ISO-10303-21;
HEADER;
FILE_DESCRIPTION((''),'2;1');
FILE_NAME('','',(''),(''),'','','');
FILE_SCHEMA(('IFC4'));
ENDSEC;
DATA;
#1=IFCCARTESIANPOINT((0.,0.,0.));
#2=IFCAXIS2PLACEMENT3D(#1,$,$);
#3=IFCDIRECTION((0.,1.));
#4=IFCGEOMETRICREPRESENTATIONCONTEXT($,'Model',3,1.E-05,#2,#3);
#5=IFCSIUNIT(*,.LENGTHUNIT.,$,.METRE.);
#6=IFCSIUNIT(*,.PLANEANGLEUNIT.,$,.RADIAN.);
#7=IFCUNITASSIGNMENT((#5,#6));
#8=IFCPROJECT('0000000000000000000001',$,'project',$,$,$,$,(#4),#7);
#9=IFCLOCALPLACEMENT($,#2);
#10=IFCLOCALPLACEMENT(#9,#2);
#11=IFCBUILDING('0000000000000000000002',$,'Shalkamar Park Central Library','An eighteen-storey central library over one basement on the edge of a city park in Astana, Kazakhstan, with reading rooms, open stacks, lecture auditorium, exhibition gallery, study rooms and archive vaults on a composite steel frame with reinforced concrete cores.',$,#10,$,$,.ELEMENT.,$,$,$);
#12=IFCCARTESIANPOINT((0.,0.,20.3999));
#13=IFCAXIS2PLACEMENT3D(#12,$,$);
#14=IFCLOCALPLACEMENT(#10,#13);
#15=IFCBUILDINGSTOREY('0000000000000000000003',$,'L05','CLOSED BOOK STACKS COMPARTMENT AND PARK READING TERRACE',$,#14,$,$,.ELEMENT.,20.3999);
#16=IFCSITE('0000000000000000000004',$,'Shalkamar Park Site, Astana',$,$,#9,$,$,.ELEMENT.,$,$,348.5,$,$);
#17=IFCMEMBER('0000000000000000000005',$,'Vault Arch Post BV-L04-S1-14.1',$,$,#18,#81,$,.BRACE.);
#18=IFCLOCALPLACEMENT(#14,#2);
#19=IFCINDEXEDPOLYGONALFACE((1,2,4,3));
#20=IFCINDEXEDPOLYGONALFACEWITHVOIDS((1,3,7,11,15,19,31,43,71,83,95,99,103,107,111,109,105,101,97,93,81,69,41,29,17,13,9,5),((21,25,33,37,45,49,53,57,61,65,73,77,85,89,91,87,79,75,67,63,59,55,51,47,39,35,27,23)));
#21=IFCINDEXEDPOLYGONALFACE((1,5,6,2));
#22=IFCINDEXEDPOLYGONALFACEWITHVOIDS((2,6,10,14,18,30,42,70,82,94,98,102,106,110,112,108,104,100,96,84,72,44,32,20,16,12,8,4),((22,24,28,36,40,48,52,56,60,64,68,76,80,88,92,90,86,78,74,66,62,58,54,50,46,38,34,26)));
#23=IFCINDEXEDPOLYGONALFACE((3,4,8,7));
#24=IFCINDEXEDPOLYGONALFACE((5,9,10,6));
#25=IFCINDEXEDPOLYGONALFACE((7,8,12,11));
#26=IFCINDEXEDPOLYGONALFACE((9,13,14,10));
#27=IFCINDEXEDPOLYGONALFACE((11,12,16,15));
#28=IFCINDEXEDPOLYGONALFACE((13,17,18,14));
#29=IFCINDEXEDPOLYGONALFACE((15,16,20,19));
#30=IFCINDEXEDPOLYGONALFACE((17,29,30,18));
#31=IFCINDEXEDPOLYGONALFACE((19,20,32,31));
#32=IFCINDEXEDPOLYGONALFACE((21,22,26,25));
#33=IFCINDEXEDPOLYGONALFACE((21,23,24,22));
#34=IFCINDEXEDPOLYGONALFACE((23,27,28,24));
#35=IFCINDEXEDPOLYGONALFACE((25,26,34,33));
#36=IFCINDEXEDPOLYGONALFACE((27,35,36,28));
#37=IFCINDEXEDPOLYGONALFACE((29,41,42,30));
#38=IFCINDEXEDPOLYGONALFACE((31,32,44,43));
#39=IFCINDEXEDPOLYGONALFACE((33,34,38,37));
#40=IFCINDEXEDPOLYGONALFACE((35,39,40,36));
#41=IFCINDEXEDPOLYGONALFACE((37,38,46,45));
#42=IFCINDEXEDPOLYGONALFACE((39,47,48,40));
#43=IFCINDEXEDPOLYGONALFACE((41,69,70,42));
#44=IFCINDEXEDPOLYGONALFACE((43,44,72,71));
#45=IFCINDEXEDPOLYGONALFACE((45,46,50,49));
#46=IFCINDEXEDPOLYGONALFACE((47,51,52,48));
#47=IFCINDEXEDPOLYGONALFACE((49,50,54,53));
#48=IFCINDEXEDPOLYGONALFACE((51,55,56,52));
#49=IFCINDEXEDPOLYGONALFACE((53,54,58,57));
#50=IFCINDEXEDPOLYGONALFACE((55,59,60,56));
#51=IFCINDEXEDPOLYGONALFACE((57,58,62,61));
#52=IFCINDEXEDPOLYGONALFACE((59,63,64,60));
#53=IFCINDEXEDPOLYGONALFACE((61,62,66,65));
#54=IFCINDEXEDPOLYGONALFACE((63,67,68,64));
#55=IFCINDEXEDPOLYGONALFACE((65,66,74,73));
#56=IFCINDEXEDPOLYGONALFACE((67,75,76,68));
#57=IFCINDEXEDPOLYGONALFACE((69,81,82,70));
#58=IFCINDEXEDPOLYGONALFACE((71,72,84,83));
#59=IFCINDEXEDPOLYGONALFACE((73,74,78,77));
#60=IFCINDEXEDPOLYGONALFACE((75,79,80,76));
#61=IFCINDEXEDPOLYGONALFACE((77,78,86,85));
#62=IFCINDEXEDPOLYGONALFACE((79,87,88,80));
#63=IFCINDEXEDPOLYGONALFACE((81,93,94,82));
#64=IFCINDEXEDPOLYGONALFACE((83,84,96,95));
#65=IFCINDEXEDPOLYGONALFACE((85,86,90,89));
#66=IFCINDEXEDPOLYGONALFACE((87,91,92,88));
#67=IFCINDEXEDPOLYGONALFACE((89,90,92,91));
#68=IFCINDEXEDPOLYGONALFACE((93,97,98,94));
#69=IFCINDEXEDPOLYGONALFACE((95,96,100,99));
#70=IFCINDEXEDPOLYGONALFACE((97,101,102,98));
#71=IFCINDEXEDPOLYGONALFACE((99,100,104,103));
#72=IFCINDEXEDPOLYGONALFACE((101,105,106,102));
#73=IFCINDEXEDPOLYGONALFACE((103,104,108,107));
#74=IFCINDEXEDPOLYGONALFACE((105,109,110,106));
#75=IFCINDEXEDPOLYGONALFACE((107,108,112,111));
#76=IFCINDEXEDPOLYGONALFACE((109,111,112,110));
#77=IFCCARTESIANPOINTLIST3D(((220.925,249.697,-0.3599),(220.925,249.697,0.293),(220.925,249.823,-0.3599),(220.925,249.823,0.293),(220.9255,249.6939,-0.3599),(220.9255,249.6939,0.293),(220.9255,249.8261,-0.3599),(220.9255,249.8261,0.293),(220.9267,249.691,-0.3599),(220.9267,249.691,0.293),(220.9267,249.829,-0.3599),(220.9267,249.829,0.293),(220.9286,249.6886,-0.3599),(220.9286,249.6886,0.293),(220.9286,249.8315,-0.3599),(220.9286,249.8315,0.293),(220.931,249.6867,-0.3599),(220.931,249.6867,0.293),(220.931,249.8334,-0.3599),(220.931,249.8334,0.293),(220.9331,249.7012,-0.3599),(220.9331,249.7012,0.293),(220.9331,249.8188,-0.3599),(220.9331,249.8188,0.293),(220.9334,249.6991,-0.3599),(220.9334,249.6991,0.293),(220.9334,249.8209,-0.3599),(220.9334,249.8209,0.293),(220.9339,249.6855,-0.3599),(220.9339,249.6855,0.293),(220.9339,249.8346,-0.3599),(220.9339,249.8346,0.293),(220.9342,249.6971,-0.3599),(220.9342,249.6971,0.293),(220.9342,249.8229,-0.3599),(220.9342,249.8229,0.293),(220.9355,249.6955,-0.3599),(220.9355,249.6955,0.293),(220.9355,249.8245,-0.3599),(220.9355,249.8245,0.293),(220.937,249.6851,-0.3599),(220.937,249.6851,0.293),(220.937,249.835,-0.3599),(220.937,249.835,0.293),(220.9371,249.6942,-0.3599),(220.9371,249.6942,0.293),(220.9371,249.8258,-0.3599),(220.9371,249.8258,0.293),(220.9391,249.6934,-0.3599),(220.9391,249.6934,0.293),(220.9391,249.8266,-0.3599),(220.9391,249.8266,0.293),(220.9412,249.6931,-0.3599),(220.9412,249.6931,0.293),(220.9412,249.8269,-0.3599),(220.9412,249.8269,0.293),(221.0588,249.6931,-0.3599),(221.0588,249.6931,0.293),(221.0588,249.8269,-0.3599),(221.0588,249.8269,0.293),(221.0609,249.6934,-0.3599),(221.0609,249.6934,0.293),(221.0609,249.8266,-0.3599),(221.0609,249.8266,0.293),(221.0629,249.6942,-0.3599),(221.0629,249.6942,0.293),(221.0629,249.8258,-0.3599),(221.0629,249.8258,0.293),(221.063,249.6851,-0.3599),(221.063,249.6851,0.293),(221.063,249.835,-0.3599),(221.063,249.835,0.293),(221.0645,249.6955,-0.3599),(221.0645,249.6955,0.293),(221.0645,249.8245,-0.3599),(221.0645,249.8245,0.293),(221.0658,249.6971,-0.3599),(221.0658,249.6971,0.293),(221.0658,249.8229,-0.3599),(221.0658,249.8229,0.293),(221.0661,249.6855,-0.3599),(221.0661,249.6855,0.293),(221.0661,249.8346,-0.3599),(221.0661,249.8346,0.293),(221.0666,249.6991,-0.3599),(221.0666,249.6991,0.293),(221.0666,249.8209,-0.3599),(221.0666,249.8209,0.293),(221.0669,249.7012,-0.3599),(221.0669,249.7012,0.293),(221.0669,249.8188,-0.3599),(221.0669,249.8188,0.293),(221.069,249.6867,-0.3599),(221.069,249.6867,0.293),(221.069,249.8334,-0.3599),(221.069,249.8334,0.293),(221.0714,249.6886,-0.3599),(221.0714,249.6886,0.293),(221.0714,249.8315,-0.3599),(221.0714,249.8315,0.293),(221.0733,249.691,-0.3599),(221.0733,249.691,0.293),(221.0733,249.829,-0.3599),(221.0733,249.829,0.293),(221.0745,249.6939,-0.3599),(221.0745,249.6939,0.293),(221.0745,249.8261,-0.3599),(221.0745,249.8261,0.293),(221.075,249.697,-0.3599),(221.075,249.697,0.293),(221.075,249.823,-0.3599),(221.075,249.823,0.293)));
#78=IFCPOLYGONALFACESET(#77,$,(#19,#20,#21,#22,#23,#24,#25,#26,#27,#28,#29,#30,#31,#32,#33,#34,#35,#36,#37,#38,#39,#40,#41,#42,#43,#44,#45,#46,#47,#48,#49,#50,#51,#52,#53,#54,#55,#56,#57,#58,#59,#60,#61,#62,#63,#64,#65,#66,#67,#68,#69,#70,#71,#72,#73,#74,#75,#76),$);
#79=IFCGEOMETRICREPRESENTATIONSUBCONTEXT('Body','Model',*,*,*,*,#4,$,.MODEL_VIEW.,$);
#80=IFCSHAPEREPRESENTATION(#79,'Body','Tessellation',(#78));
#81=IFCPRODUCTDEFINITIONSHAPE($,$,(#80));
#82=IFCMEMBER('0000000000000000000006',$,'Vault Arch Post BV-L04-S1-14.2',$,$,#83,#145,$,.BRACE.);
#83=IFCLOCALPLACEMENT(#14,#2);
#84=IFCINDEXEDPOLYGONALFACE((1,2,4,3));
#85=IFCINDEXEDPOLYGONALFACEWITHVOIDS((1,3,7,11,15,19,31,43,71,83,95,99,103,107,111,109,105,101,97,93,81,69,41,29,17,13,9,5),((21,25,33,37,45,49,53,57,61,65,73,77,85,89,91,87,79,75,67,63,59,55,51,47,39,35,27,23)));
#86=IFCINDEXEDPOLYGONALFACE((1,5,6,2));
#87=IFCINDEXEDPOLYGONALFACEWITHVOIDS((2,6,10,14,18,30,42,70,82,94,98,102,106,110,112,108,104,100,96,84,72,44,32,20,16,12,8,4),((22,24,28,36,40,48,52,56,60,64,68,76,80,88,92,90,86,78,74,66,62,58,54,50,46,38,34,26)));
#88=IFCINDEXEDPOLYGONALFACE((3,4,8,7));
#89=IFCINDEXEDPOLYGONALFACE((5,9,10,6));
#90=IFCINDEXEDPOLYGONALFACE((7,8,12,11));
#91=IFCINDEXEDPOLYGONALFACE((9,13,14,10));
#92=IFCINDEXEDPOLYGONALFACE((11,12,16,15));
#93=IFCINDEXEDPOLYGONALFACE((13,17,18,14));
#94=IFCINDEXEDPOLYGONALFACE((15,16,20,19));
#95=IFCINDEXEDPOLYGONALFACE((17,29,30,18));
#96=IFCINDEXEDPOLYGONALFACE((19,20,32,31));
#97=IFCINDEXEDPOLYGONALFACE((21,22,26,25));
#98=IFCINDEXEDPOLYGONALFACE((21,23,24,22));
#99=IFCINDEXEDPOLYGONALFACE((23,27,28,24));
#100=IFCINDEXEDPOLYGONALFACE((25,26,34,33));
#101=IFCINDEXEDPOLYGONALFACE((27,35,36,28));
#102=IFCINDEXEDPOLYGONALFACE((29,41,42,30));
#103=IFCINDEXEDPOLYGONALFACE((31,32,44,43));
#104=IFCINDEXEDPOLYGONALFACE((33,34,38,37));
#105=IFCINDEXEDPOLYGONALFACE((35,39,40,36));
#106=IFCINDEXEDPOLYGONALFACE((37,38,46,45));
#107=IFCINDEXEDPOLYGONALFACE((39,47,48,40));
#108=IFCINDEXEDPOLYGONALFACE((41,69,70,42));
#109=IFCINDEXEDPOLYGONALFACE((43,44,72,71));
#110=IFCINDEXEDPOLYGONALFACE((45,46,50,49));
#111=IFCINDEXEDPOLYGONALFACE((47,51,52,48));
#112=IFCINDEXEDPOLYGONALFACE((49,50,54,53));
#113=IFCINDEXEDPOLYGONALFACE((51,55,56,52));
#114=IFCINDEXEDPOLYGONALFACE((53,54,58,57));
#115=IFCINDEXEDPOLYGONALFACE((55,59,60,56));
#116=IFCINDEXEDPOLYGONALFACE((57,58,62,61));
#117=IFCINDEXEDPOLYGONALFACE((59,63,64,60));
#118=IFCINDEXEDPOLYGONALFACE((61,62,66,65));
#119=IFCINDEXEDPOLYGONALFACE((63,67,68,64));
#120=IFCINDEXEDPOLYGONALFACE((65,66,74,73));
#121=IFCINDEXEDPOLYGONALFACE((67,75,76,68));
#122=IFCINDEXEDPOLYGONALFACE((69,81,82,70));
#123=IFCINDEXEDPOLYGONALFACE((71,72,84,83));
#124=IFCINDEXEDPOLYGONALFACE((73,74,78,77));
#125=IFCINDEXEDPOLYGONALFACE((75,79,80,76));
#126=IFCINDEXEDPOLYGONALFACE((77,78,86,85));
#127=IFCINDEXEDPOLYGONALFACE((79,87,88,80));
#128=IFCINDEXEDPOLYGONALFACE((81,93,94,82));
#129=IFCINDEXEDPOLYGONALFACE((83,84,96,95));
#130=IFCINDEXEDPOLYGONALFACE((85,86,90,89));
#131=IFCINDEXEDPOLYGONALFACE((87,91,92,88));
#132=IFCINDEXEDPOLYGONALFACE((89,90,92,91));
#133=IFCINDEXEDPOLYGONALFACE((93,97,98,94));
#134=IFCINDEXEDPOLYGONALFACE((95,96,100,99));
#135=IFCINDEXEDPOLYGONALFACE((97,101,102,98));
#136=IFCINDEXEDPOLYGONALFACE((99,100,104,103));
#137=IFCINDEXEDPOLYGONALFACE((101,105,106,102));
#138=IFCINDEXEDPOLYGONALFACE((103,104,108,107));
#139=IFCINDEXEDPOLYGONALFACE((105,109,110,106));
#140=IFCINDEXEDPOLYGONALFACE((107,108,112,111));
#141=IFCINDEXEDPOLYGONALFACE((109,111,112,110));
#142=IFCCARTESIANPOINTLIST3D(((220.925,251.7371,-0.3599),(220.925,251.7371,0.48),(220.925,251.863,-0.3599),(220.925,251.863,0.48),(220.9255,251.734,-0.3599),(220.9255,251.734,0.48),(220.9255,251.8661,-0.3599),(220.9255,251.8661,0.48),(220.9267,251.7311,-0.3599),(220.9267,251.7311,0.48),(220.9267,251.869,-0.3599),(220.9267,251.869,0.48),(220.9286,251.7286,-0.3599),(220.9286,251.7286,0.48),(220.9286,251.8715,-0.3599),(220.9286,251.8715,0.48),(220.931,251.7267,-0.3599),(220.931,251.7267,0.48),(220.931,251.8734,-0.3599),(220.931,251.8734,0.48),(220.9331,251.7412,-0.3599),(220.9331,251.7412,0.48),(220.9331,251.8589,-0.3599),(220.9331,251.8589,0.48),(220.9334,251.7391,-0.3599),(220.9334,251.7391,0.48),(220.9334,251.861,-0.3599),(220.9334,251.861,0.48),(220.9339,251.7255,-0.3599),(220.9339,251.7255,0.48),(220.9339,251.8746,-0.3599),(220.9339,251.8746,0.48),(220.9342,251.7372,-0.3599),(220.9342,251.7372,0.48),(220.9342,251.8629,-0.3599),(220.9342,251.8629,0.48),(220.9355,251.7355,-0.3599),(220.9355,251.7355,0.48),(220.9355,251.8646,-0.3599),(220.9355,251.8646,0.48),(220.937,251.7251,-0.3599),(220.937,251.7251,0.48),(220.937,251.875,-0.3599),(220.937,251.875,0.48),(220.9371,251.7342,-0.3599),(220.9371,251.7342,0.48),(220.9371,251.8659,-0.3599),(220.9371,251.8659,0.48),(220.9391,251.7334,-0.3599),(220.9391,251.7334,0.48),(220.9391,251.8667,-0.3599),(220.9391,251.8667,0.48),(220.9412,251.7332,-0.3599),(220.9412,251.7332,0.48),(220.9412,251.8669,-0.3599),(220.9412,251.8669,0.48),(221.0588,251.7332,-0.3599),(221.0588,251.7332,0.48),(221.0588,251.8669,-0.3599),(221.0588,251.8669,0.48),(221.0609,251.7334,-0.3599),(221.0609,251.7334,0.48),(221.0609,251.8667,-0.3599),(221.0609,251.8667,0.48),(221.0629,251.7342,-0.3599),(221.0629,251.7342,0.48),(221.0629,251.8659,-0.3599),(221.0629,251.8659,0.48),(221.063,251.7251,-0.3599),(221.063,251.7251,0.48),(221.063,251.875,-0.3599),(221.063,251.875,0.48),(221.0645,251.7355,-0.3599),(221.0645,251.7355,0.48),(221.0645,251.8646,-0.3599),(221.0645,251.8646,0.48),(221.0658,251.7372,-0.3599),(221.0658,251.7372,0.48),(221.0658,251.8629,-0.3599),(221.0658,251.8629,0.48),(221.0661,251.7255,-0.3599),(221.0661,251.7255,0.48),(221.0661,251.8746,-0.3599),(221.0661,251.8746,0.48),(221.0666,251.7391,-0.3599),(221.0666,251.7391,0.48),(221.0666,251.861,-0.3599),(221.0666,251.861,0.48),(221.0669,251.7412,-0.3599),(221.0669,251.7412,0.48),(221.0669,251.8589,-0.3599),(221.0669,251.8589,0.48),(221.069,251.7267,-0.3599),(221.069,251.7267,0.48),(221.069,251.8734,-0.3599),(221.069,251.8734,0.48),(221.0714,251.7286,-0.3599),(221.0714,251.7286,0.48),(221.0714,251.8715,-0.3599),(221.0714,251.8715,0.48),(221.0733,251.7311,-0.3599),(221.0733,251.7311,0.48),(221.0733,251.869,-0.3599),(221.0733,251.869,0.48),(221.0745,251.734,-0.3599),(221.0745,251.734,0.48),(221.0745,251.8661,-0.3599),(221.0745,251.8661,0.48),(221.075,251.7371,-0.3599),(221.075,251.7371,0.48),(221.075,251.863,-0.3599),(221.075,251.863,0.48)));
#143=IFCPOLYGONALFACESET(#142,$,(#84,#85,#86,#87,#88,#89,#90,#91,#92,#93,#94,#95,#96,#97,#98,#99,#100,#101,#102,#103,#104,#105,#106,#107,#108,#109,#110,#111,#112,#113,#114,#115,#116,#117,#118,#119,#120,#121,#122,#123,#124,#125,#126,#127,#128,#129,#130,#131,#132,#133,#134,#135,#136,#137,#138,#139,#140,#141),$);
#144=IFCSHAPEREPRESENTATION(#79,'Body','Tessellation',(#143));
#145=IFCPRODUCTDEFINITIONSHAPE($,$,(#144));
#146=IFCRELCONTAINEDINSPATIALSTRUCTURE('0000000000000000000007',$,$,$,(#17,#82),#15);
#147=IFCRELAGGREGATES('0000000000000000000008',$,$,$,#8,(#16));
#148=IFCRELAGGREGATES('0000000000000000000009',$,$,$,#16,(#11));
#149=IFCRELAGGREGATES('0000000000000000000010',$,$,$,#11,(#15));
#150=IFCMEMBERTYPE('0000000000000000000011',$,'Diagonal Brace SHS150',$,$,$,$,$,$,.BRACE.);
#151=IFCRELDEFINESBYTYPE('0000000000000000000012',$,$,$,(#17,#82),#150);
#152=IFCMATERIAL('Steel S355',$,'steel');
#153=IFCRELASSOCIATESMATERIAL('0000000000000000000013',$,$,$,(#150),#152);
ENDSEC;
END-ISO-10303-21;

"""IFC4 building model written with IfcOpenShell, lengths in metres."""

from ifc_helpers import new_model, si_unit, direction, frame, origin, origin_2d, place, context, subcontext, project, spatial, hollow_rectangle, extrude, material, material_profile, profile_set, type_object, element, save


model = new_model("IFC4")

# Units and contexts
model_context = context("Model", 3, precision=1e-05, world=origin(), true_north=direction((0.0, 1.0)))
body_context = subcontext(model_context, "Body", "Model", "MODEL_VIEW")
ifc_project = project(units=[si_unit("LENGTHUNIT", "METRE"), si_unit("PLANEANGLEUNIT", "RADIAN")], contexts=[model_context])

# Site, building, storey
site_placement = place(None, origin())
site = spatial("IfcSite", under=ifc_project, at=site_placement, Name="Shalkamar Park Site, Astana", CompositionType="ELEMENT", RefElevation=348.5)
building_placement = place(site_placement, origin())
building = spatial("IfcBuilding", under=site, at=building_placement, Name="Shalkamar Park Central Library", Description="An eighteen-storey central library over one basement on the edge of a city park in Astana, Kazakhstan, with reading rooms, open stacks, lecture auditorium, exhibition gallery, study rooms and archive vaults on a composite steel frame with reinforced concrete cores.", CompositionType="ELEMENT")
storey_placement = place(building_placement, frame((0.0, 0.0, 20.3999)))
storey = spatial("IfcBuildingStorey", under=building, at=storey_placement, Name="L05", Description="CLOSED BOOK STACKS COMPARTMENT AND PARK READING TERRACE", CompositionType="ELEMENT", Elevation=20.3999)

# Shared definitions
ifc_material_1 = material(Name="Steel S355", Category="steel")

# Members
ifc_material_profile_1 = material_profile(ifc_material_1, hollow_rectangle(XDim=0.1499, YDim=0.1499, WallThickness=0.0081, InnerFilletRadius=0.0081, OuterFilletRadius=0.012, at=origin_2d()), Name="SHS 150x150x8")
ifc_profile_set_1 = profile_set([ifc_material_profile_1], Name="Steel S355")
member_type_1 = type_object("IfcMemberType", Name="Diagonal Brace SHS150", PredefinedType="BRACE", material=ifc_profile_set_1)
member_1_placement = place(storey_placement, frame((221.0, 249.76, -0.3599), z_axis=(0.0, 0.0, 1.0), x_axis=(1.0, 0.0, 0.0)))
element("IfcMember", 1, at=member_1_placement, inside=storey, type_object=member_type_1, Name="Vault Arch Post BV-L04-S1-14.1", PredefinedType="BRACE", context=body_context, shape_type="SweptSolid", body=[
    extrude(hollow_rectangle(XDim=0.1499, YDim=0.1499, WallThickness=0.0081, InnerFilletRadius=0.0081, OuterFilletRadius=0.012, at=origin_2d()), origin(), (0.0, 0.0, 1.0), 0.6528),
])
member_2_placement = place(storey_placement, frame((221.0, 251.8, -0.3599), z_axis=(0.0, 0.0, 1.0), x_axis=(1.0, 0.0, 0.0)))
element("IfcMember", 2, at=member_2_placement, inside=storey, type_object=member_type_1, Name="Vault Arch Post BV-L04-S1-14.2", PredefinedType="BRACE", context=body_context, shape_type="SweptSolid", body=[
    extrude(hollow_rectangle(XDim=0.1499, YDim=0.1499, WallThickness=0.0081, InnerFilletRadius=0.0081, OuterFilletRadius=0.012, at=origin_2d()), origin(), (0.0, 0.0, 1.0), 0.8398),
])

save(model, "model.ifc")
